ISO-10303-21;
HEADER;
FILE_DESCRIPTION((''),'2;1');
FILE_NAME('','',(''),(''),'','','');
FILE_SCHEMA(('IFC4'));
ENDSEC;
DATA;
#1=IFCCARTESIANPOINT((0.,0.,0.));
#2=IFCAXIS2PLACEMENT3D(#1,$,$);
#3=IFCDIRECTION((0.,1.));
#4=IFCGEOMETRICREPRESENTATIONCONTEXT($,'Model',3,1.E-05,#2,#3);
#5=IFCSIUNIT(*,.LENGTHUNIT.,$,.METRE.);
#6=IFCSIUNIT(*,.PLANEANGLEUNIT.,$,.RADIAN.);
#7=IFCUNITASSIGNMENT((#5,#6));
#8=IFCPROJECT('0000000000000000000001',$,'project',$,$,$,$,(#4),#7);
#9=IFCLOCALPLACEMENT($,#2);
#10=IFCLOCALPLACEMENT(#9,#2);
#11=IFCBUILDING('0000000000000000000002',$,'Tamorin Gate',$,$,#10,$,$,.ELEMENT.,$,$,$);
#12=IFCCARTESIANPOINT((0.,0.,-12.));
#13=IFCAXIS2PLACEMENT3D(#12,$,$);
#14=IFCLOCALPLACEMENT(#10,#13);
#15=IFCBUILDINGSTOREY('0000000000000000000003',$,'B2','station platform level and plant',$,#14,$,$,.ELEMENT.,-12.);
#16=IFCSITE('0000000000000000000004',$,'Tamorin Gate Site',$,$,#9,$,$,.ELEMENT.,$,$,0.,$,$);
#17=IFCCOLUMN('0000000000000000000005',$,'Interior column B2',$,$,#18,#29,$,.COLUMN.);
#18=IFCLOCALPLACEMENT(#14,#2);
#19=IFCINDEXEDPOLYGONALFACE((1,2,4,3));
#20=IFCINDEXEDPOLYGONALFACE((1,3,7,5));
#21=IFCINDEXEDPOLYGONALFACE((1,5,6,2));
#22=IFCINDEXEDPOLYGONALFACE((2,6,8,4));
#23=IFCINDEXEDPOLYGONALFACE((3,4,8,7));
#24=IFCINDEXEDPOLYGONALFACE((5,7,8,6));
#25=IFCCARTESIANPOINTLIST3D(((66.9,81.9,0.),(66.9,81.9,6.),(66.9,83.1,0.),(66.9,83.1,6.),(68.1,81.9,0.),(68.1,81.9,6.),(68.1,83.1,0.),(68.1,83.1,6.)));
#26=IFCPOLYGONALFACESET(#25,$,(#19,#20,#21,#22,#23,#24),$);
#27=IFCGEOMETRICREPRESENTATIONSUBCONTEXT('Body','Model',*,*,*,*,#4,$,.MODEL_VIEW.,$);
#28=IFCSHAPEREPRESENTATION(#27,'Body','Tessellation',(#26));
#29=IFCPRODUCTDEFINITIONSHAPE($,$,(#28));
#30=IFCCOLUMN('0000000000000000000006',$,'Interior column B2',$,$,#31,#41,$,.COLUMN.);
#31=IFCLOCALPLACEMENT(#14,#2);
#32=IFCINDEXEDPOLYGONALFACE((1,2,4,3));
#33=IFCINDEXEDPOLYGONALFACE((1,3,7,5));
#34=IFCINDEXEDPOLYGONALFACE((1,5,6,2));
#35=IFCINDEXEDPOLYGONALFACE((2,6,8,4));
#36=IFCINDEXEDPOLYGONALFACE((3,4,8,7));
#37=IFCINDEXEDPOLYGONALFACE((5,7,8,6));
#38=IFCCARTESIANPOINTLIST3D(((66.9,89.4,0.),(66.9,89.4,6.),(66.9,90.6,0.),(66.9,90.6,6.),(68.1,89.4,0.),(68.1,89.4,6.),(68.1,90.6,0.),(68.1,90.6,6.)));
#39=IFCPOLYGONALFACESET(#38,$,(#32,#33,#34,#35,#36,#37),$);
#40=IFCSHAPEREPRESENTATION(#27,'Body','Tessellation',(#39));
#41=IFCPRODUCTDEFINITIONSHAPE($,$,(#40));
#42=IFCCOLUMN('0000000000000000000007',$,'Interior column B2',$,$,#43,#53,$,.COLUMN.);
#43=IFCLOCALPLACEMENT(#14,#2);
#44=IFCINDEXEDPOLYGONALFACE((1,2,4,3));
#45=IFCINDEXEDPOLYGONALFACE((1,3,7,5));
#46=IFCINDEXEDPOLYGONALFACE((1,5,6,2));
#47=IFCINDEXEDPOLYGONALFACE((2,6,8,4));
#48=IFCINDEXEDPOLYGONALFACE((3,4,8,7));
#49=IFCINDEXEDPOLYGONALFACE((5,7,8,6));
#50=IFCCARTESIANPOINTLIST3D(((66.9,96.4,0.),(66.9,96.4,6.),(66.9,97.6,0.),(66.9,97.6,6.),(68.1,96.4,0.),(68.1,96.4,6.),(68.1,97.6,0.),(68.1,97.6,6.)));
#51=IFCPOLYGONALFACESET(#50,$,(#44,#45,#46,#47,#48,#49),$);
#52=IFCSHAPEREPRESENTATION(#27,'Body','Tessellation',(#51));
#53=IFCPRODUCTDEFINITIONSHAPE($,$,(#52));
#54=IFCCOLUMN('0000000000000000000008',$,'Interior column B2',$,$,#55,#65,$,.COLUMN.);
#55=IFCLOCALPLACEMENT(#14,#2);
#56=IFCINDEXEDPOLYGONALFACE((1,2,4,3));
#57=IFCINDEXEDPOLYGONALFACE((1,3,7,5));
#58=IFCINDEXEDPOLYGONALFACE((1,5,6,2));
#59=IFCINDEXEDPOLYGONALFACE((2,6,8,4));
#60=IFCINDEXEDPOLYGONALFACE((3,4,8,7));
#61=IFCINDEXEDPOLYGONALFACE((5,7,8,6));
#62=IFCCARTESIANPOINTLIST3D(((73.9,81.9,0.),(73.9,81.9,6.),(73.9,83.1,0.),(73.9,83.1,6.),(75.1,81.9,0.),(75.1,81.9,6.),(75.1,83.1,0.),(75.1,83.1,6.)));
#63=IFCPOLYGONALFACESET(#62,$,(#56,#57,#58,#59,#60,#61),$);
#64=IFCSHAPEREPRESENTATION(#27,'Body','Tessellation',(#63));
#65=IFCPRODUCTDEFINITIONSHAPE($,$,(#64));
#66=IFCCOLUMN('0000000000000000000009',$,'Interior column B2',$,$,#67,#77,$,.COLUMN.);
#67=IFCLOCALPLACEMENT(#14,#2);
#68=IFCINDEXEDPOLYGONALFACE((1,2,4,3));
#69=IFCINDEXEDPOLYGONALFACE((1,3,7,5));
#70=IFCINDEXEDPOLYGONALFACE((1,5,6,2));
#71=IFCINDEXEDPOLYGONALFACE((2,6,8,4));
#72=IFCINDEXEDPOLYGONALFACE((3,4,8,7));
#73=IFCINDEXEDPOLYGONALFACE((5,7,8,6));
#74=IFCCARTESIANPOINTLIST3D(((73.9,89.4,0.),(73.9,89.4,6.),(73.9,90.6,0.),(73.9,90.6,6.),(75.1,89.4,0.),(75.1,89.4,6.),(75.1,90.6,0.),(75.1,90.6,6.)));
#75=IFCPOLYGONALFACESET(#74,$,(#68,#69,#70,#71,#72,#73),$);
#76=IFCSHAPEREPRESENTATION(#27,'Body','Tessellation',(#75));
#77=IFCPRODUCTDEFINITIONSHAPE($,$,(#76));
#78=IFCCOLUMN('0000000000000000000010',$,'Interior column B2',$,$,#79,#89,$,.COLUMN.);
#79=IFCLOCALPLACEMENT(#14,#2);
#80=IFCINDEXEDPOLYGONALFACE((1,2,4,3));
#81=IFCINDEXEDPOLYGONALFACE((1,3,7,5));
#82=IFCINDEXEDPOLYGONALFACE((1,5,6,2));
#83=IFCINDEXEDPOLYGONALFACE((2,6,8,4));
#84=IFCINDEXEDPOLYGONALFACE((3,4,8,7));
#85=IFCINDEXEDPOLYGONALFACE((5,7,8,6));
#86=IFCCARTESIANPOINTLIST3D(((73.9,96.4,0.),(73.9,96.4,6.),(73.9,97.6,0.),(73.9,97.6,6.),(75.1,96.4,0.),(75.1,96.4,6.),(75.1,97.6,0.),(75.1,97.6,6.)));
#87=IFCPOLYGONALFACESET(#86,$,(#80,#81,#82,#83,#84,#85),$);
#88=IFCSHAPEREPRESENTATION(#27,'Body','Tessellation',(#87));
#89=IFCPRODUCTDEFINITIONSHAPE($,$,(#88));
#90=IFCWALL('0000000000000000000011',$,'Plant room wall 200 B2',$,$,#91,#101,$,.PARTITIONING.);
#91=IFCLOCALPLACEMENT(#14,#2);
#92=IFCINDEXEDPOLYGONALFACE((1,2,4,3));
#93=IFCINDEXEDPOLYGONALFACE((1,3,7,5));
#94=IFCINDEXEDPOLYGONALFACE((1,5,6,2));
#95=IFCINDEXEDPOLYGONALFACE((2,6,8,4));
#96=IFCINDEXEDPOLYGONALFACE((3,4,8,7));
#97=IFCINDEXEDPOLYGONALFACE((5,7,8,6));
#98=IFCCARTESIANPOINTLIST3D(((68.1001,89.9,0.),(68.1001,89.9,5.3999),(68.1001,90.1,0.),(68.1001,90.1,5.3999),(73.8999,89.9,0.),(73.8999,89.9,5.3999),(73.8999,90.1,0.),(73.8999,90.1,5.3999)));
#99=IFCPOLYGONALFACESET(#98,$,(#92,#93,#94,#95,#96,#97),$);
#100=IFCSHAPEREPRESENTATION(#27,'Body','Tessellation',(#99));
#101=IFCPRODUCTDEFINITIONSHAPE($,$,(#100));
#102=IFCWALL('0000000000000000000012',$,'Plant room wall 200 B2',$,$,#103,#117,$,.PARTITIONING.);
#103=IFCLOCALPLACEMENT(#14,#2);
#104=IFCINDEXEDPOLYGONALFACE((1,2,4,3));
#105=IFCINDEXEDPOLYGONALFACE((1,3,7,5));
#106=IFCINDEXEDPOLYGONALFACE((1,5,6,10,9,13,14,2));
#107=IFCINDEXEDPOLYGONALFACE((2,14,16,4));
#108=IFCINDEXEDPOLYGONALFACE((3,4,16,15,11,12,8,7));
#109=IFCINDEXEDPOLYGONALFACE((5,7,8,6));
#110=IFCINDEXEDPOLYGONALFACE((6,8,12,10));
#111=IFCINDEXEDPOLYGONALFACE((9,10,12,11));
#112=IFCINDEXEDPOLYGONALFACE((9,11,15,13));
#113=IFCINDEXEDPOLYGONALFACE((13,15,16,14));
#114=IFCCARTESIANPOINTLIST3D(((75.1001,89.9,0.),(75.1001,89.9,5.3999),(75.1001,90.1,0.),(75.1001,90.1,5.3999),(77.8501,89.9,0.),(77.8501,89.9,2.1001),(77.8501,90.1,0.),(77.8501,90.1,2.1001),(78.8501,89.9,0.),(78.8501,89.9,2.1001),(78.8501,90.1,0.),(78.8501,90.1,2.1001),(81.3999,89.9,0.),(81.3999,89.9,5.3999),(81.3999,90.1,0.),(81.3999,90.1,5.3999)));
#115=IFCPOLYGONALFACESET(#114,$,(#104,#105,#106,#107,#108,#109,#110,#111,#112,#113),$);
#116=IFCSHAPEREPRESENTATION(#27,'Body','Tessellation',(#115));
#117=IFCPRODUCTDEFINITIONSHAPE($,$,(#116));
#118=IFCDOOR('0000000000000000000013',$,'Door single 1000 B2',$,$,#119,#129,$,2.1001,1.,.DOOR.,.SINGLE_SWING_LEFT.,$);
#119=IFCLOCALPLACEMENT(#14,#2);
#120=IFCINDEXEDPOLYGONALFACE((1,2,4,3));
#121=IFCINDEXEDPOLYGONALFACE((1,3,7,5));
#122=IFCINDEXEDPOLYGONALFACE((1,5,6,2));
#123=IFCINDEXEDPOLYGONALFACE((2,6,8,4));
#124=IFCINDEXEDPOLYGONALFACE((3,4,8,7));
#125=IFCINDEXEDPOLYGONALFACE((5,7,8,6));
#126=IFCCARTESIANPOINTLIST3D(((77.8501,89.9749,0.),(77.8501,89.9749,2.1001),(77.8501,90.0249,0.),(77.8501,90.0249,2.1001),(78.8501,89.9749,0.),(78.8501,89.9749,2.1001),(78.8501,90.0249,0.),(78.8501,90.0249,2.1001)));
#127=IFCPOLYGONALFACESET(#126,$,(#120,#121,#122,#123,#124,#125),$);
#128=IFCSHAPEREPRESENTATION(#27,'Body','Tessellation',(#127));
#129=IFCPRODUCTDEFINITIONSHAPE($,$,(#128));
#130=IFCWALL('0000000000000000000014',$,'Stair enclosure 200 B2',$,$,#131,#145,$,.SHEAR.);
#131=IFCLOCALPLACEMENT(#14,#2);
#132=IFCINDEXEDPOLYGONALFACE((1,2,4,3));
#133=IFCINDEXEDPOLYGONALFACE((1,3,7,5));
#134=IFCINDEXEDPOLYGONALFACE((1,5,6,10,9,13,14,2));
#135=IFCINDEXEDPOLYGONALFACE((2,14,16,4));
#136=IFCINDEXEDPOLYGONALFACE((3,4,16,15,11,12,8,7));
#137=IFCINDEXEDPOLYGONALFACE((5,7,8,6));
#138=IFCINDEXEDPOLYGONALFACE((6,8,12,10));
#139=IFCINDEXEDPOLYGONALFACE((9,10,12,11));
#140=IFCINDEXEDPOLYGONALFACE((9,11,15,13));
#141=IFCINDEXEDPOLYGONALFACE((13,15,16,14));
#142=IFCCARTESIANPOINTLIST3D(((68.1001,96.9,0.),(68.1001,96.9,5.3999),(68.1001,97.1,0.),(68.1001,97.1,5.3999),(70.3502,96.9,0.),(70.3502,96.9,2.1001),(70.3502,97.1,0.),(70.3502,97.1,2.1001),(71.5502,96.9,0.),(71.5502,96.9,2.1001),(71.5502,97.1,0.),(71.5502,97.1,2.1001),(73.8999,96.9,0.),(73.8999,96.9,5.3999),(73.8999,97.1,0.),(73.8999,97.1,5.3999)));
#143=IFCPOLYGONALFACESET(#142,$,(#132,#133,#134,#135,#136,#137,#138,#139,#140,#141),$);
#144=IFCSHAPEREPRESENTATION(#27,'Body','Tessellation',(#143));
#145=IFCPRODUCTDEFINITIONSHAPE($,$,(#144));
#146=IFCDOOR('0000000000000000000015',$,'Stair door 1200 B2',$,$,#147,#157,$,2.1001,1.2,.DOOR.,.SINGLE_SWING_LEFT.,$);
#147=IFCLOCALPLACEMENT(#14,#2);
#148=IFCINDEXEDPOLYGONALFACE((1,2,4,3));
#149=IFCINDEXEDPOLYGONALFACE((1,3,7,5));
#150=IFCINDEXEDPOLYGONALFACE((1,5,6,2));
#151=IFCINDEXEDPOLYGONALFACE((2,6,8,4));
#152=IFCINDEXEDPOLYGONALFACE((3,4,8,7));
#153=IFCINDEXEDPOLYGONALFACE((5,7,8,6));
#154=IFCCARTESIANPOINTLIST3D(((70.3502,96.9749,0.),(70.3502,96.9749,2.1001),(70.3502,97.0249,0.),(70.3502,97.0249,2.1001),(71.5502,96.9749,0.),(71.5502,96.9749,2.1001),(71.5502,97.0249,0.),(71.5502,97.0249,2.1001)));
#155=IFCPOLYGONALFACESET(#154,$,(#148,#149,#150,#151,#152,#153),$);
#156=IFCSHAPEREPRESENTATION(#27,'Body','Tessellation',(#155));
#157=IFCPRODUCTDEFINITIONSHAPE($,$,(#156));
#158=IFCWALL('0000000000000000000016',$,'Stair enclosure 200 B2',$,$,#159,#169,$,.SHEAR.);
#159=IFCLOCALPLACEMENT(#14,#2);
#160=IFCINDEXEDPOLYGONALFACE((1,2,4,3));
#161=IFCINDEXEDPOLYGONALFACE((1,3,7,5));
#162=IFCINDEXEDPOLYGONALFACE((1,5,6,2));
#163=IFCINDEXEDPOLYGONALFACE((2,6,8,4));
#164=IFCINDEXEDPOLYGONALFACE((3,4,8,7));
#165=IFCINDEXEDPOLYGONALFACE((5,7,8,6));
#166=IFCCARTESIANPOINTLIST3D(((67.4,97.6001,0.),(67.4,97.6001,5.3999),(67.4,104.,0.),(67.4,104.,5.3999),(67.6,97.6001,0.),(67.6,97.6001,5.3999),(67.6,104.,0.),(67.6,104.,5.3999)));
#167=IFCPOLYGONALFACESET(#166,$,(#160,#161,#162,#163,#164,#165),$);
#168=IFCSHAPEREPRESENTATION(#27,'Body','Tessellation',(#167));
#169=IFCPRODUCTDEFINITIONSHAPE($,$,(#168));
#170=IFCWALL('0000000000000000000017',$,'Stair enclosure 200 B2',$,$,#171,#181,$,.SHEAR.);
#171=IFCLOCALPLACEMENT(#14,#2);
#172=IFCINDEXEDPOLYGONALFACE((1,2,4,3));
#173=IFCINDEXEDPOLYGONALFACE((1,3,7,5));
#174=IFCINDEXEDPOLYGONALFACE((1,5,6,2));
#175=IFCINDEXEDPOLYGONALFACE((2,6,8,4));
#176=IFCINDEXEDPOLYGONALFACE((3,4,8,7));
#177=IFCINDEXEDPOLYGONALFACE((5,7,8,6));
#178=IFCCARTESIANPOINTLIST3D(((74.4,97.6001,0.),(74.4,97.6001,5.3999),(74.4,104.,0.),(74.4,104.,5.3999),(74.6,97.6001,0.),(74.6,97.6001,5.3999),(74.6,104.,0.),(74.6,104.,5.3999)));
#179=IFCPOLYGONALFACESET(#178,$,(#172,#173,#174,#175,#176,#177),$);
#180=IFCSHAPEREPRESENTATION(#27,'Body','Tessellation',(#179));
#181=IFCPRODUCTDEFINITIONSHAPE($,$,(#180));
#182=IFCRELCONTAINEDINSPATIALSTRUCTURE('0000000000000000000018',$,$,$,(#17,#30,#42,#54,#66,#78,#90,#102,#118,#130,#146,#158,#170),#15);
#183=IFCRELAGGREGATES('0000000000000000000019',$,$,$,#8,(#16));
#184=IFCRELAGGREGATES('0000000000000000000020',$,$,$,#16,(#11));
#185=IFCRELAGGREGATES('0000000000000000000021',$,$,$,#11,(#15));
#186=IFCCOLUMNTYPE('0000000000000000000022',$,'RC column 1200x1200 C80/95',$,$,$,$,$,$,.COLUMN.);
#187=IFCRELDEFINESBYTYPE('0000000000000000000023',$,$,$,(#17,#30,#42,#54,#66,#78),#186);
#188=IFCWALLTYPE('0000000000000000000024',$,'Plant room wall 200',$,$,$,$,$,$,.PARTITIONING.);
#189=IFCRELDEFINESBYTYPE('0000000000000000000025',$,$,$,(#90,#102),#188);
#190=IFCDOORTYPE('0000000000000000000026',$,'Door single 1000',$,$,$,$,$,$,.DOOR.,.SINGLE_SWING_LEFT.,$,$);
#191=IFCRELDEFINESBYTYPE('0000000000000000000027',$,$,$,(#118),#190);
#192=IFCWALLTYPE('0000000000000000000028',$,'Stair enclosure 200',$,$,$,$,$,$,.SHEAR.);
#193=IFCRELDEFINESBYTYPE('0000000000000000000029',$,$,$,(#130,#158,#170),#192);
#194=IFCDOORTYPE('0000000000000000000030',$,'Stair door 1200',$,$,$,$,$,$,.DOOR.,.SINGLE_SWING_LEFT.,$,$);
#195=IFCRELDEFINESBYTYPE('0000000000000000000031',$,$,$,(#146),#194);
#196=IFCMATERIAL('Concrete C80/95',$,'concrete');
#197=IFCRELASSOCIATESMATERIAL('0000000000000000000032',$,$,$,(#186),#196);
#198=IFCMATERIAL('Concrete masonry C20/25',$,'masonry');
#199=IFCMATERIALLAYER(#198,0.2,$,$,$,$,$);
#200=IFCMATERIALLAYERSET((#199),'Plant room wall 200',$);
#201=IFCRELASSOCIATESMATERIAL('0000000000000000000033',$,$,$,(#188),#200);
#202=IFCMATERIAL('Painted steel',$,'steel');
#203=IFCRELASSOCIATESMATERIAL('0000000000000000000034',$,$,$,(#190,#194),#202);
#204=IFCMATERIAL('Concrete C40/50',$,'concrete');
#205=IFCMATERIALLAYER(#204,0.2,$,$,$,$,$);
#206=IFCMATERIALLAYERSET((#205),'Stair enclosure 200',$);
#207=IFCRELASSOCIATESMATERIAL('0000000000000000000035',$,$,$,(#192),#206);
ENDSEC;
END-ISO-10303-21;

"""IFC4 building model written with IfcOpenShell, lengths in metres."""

from ifc_helpers import new_model, si_unit, direction, frame, frame_2d, origin, origin_2d, place, context, subcontext, project, spatial, rectangle, extrude, material, layer, layer_set, material_profile, profile_set, type_object, element, fill, save


model = new_model("IFC4")

# Units and contexts
model_context = context("Model", 3, precision=1e-05, world=origin(), true_north=direction((0.0, 1.0)))
body_context = subcontext(model_context, "Body", "Model", "MODEL_VIEW")
ifc_project = project(units=[si_unit("LENGTHUNIT", "METRE"), si_unit("PLANEANGLEUNIT", "RADIAN")], contexts=[model_context])

# Site, building, storey
site_placement = place(None, origin())
site = spatial("IfcSite", under=ifc_project, at=site_placement, Name="Tamorin Gate Site", CompositionType="ELEMENT", RefElevation=0.0)
building_placement = place(site_placement, origin())
building = spatial("IfcBuilding", under=site, at=building_placement, Name="Tamorin Gate", CompositionType="ELEMENT")
storey_placement = place(building_placement, frame((0.0, 0.0, -12.0)))
storey = spatial("IfcBuildingStorey", under=building, at=storey_placement, Name="B2", Description="station platform level and plant", CompositionType="ELEMENT", Elevation=-12.0)

# Shared definitions
ifc_material_1 = material(Name="Concrete C40/50", Category="concrete")

# Columns
ifc_material_2 = material(Name="Concrete C80/95", Category="concrete")
ifc_material_profile_1 = material_profile(ifc_material_2, rectangle(XDim=1.2, YDim=1.2, at=origin_2d()), Name="RC 1200x1200")
ifc_profile_set_1 = profile_set([ifc_material_profile_1], Name="Concrete C80/95")
column_type_1 = type_object("IfcColumnType", Name="RC column 1200x1200 C80/95", PredefinedType="COLUMN", material=ifc_profile_set_1)
for number, where, z_axis, x_axis, name in (
    (1, (67.5, 82.5, 0.0), (0.0, 0.0, 1.0), (1.0, 0.0, 0.0), "Interior column B2"),
    (2, (67.5, 90.0, 0.0), (0.0, 0.0, 1.0), (1.0, 0.0, 0.0), "Interior column B2"),
    (3, (67.5, 97.0, 0.0), (0.0, 0.0, 1.0), (1.0, 0.0, 0.0), "Interior column B2"),
    (4, (74.5, 82.5, 0.0), (0.0, 0.0, 1.0), (1.0, 0.0, 0.0), "Interior column B2"),
    (5, (74.5, 90.0, 0.0), (0.0, 0.0, 1.0), (1.0, 0.0, 0.0), "Interior column B2"),
    (6, (74.5, 97.0, 0.0), (0.0, 0.0, 1.0), (1.0, 0.0, 0.0), "Interior column B2"),
):
    element("IfcColumn", number, at=place(storey_placement, frame(where, z_axis=z_axis, x_axis=x_axis)), inside=storey, type_object=column_type_1, Name=name, PredefinedType="COLUMN", context=body_context, shape_type="SweptSolid", body=[
        extrude(rectangle(XDim=1.2, YDim=1.2, at=origin_2d()), origin(), (0.0, 0.0, 1.0), 6.0),
    ])

# Wall
ifc_material_3 = material(Name="Concrete masonry C20/25", Category="masonry")
ifc_layer_1 = layer(ifc_material_3, 0.2)
ifc_layer_set_1 = layer_set([ifc_layer_1], Name="Plant room wall 200")
wall_type_1 = type_object("IfcWallType", Name="Plant room wall 200", PredefinedType="PARTITIONING", material=ifc_layer_set_1)
wall_1_placement = place(storey_placement, frame((68.1001, 90.0, 0.0), z_axis=(0.0, 0.0, 1.0), x_axis=(1.0, 0.0, 0.0)))
element("IfcWall", 7, at=wall_1_placement, inside=storey, type_object=wall_type_1, Name="Plant room wall 200 B2", PredefinedType="PARTITIONING", context=body_context, shape_type="SweptSolid", body=[
    extrude(rectangle(XDim=5.7998, YDim=0.2, at=frame_2d((2.8999, 0.0))), origin(), (0.0, 0.0, 1.0), 5.3999),
])

# Walls, openings, doors
wall_2_placement = place(storey_placement, frame((75.1001, 90.0, 0.0), z_axis=(0.0, 0.0, 1.0), x_axis=(1.0, 0.0, 0.0)))
wall_2 = element("IfcWall", 8, at=wall_2_placement, inside=storey, type_object=wall_type_1, Name="Plant room wall 200 B2", PredefinedType="PARTITIONING", context=body_context, shape_type="SweptSolid", body=[
    extrude(rectangle(XDim=6.2998, YDim=0.2, at=frame_2d((3.1499, 0.0))), origin(), (0.0, 0.0, 1.0), 5.3999),
])
opening_1_placement = place(wall_2_placement, frame((2.75, 0.0, 0.0)))
opening_1 = element("IfcOpeningElement", 9, at=opening_1_placement, cuts=wall_2, PredefinedType="OPENING", context=body_context, shape_type="SweptSolid", body=[
    extrude(rectangle(XDim=1.0, YDim=2.1001, at=frame_2d((0.5, 1.05))), frame((0.0, 0.1099, 0.0), z_axis=(0.0, -1.0, 0.0), x_axis=(1.0, 0.0, 0.0)), (0.0, 0.0, 1.0), 0.22),
])
ifc_material_4 = material(Name="Painted steel", Category="steel")
door_type_1 = type_object("IfcDoorType", Name="Door single 1000", OperationType="SINGLE_SWING_LEFT", PredefinedType="DOOR", material=ifc_material_4)
door_1_placement = place(opening_1_placement, origin())
door_1 = element("IfcDoor", 10, at=door_1_placement, inside=storey, type_object=door_type_1, Name="Door single 1000 B2", OperationType="SINGLE_SWING_LEFT", OverallHeight=2.1001, OverallWidth=1.0, PredefinedType="DOOR", context=body_context, shape_type="SweptSolid", body=[
    extrude(rectangle(XDim=1.0, YDim=2.1001, at=frame_2d((0.5, 1.05))), frame((0.0, 0.0249, 0.0), z_axis=(0.0, -1.0, 0.0), x_axis=(1.0, 0.0, 0.0)), (0.0, 0.0, 1.0), 0.05),
])
fill(opening_1, door_1)
ifc_layer_2 = layer(ifc_material_1, 0.2)
ifc_layer_set_2 = layer_set([ifc_layer_2], Name="Stair enclosure 200")
wall_type_2 = type_object("IfcWallType", Name="Stair enclosure 200", PredefinedType="SHEAR", material=ifc_layer_set_2)
wall_3_placement = place(storey_placement, frame((68.1001, 97.0, 0.0), z_axis=(0.0, 0.0, 1.0), x_axis=(1.0, 0.0, 0.0)))
wall_3 = element("IfcWall", 11, at=wall_3_placement, inside=storey, type_object=wall_type_2, Name="Stair enclosure 200 B2", PredefinedType="SHEAR", context=body_context, shape_type="SweptSolid", body=[
    extrude(rectangle(XDim=5.7998, YDim=0.2, at=frame_2d((2.8999, 0.0))), origin(), (0.0, 0.0, 1.0), 5.3999),
])
opening_2_placement = place(wall_3_placement, frame((2.25, 0.0, 0.0)))
opening_2 = element("IfcOpeningElement", 12, at=opening_2_placement, cuts=wall_3, PredefinedType="OPENING", context=body_context, shape_type="SweptSolid", body=[
    extrude(rectangle(XDim=1.2, YDim=2.1001, at=frame_2d((0.6001, 1.05))), frame((0.0, 0.1099, 0.0), z_axis=(0.0, -1.0, 0.0), x_axis=(1.0, 0.0, 0.0)), (0.0, 0.0, 1.0), 0.22),
])
door_type_2 = type_object("IfcDoorType", Name="Stair door 1200", OperationType="SINGLE_SWING_LEFT", PredefinedType="DOOR", material=ifc_material_4)
door_2_placement = place(opening_2_placement, origin())
door_2 = element("IfcDoor", 13, at=door_2_placement, inside=storey, type_object=door_type_2, Name="Stair door 1200 B2", OperationType="SINGLE_SWING_LEFT", OverallHeight=2.1001, OverallWidth=1.2, PredefinedType="DOOR", context=body_context, shape_type="SweptSolid", body=[
    extrude(rectangle(XDim=1.2, YDim=2.1001, at=frame_2d((0.6001, 1.05))), frame((0.0, 0.0249, 0.0), z_axis=(0.0, -1.0, 0.0), x_axis=(1.0, 0.0, 0.0)), (0.0, 0.0, 1.0), 0.05),
])
fill(opening_2, door_2)

# Walls
for number, where, z_axis, x_axis, name in (
    (14, (67.5, 97.6001, 0.0), (0.0, 0.0, 1.0), (0.0, 1.0, 0.0), "Stair enclosure 200 B2"),
    (15, (74.5, 97.6001, 0.0), (0.0, 0.0, 1.0), (0.0, 1.0, 0.0), "Stair enclosure 200 B2"),
):
    element("IfcWall", number, at=place(storey_placement, frame(where, z_axis=z_axis, x_axis=x_axis)), inside=storey, type_object=wall_type_2, Name=name, PredefinedType="SHEAR", context=body_context, shape_type="SweptSolid", body=[
        extrude(rectangle(XDim=6.3999, YDim=0.2, at=frame_2d((3.2, 0.0))), origin(), (0.0, 0.0, 1.0), 5.3999),
    ])

save(model, "model.ifc")
